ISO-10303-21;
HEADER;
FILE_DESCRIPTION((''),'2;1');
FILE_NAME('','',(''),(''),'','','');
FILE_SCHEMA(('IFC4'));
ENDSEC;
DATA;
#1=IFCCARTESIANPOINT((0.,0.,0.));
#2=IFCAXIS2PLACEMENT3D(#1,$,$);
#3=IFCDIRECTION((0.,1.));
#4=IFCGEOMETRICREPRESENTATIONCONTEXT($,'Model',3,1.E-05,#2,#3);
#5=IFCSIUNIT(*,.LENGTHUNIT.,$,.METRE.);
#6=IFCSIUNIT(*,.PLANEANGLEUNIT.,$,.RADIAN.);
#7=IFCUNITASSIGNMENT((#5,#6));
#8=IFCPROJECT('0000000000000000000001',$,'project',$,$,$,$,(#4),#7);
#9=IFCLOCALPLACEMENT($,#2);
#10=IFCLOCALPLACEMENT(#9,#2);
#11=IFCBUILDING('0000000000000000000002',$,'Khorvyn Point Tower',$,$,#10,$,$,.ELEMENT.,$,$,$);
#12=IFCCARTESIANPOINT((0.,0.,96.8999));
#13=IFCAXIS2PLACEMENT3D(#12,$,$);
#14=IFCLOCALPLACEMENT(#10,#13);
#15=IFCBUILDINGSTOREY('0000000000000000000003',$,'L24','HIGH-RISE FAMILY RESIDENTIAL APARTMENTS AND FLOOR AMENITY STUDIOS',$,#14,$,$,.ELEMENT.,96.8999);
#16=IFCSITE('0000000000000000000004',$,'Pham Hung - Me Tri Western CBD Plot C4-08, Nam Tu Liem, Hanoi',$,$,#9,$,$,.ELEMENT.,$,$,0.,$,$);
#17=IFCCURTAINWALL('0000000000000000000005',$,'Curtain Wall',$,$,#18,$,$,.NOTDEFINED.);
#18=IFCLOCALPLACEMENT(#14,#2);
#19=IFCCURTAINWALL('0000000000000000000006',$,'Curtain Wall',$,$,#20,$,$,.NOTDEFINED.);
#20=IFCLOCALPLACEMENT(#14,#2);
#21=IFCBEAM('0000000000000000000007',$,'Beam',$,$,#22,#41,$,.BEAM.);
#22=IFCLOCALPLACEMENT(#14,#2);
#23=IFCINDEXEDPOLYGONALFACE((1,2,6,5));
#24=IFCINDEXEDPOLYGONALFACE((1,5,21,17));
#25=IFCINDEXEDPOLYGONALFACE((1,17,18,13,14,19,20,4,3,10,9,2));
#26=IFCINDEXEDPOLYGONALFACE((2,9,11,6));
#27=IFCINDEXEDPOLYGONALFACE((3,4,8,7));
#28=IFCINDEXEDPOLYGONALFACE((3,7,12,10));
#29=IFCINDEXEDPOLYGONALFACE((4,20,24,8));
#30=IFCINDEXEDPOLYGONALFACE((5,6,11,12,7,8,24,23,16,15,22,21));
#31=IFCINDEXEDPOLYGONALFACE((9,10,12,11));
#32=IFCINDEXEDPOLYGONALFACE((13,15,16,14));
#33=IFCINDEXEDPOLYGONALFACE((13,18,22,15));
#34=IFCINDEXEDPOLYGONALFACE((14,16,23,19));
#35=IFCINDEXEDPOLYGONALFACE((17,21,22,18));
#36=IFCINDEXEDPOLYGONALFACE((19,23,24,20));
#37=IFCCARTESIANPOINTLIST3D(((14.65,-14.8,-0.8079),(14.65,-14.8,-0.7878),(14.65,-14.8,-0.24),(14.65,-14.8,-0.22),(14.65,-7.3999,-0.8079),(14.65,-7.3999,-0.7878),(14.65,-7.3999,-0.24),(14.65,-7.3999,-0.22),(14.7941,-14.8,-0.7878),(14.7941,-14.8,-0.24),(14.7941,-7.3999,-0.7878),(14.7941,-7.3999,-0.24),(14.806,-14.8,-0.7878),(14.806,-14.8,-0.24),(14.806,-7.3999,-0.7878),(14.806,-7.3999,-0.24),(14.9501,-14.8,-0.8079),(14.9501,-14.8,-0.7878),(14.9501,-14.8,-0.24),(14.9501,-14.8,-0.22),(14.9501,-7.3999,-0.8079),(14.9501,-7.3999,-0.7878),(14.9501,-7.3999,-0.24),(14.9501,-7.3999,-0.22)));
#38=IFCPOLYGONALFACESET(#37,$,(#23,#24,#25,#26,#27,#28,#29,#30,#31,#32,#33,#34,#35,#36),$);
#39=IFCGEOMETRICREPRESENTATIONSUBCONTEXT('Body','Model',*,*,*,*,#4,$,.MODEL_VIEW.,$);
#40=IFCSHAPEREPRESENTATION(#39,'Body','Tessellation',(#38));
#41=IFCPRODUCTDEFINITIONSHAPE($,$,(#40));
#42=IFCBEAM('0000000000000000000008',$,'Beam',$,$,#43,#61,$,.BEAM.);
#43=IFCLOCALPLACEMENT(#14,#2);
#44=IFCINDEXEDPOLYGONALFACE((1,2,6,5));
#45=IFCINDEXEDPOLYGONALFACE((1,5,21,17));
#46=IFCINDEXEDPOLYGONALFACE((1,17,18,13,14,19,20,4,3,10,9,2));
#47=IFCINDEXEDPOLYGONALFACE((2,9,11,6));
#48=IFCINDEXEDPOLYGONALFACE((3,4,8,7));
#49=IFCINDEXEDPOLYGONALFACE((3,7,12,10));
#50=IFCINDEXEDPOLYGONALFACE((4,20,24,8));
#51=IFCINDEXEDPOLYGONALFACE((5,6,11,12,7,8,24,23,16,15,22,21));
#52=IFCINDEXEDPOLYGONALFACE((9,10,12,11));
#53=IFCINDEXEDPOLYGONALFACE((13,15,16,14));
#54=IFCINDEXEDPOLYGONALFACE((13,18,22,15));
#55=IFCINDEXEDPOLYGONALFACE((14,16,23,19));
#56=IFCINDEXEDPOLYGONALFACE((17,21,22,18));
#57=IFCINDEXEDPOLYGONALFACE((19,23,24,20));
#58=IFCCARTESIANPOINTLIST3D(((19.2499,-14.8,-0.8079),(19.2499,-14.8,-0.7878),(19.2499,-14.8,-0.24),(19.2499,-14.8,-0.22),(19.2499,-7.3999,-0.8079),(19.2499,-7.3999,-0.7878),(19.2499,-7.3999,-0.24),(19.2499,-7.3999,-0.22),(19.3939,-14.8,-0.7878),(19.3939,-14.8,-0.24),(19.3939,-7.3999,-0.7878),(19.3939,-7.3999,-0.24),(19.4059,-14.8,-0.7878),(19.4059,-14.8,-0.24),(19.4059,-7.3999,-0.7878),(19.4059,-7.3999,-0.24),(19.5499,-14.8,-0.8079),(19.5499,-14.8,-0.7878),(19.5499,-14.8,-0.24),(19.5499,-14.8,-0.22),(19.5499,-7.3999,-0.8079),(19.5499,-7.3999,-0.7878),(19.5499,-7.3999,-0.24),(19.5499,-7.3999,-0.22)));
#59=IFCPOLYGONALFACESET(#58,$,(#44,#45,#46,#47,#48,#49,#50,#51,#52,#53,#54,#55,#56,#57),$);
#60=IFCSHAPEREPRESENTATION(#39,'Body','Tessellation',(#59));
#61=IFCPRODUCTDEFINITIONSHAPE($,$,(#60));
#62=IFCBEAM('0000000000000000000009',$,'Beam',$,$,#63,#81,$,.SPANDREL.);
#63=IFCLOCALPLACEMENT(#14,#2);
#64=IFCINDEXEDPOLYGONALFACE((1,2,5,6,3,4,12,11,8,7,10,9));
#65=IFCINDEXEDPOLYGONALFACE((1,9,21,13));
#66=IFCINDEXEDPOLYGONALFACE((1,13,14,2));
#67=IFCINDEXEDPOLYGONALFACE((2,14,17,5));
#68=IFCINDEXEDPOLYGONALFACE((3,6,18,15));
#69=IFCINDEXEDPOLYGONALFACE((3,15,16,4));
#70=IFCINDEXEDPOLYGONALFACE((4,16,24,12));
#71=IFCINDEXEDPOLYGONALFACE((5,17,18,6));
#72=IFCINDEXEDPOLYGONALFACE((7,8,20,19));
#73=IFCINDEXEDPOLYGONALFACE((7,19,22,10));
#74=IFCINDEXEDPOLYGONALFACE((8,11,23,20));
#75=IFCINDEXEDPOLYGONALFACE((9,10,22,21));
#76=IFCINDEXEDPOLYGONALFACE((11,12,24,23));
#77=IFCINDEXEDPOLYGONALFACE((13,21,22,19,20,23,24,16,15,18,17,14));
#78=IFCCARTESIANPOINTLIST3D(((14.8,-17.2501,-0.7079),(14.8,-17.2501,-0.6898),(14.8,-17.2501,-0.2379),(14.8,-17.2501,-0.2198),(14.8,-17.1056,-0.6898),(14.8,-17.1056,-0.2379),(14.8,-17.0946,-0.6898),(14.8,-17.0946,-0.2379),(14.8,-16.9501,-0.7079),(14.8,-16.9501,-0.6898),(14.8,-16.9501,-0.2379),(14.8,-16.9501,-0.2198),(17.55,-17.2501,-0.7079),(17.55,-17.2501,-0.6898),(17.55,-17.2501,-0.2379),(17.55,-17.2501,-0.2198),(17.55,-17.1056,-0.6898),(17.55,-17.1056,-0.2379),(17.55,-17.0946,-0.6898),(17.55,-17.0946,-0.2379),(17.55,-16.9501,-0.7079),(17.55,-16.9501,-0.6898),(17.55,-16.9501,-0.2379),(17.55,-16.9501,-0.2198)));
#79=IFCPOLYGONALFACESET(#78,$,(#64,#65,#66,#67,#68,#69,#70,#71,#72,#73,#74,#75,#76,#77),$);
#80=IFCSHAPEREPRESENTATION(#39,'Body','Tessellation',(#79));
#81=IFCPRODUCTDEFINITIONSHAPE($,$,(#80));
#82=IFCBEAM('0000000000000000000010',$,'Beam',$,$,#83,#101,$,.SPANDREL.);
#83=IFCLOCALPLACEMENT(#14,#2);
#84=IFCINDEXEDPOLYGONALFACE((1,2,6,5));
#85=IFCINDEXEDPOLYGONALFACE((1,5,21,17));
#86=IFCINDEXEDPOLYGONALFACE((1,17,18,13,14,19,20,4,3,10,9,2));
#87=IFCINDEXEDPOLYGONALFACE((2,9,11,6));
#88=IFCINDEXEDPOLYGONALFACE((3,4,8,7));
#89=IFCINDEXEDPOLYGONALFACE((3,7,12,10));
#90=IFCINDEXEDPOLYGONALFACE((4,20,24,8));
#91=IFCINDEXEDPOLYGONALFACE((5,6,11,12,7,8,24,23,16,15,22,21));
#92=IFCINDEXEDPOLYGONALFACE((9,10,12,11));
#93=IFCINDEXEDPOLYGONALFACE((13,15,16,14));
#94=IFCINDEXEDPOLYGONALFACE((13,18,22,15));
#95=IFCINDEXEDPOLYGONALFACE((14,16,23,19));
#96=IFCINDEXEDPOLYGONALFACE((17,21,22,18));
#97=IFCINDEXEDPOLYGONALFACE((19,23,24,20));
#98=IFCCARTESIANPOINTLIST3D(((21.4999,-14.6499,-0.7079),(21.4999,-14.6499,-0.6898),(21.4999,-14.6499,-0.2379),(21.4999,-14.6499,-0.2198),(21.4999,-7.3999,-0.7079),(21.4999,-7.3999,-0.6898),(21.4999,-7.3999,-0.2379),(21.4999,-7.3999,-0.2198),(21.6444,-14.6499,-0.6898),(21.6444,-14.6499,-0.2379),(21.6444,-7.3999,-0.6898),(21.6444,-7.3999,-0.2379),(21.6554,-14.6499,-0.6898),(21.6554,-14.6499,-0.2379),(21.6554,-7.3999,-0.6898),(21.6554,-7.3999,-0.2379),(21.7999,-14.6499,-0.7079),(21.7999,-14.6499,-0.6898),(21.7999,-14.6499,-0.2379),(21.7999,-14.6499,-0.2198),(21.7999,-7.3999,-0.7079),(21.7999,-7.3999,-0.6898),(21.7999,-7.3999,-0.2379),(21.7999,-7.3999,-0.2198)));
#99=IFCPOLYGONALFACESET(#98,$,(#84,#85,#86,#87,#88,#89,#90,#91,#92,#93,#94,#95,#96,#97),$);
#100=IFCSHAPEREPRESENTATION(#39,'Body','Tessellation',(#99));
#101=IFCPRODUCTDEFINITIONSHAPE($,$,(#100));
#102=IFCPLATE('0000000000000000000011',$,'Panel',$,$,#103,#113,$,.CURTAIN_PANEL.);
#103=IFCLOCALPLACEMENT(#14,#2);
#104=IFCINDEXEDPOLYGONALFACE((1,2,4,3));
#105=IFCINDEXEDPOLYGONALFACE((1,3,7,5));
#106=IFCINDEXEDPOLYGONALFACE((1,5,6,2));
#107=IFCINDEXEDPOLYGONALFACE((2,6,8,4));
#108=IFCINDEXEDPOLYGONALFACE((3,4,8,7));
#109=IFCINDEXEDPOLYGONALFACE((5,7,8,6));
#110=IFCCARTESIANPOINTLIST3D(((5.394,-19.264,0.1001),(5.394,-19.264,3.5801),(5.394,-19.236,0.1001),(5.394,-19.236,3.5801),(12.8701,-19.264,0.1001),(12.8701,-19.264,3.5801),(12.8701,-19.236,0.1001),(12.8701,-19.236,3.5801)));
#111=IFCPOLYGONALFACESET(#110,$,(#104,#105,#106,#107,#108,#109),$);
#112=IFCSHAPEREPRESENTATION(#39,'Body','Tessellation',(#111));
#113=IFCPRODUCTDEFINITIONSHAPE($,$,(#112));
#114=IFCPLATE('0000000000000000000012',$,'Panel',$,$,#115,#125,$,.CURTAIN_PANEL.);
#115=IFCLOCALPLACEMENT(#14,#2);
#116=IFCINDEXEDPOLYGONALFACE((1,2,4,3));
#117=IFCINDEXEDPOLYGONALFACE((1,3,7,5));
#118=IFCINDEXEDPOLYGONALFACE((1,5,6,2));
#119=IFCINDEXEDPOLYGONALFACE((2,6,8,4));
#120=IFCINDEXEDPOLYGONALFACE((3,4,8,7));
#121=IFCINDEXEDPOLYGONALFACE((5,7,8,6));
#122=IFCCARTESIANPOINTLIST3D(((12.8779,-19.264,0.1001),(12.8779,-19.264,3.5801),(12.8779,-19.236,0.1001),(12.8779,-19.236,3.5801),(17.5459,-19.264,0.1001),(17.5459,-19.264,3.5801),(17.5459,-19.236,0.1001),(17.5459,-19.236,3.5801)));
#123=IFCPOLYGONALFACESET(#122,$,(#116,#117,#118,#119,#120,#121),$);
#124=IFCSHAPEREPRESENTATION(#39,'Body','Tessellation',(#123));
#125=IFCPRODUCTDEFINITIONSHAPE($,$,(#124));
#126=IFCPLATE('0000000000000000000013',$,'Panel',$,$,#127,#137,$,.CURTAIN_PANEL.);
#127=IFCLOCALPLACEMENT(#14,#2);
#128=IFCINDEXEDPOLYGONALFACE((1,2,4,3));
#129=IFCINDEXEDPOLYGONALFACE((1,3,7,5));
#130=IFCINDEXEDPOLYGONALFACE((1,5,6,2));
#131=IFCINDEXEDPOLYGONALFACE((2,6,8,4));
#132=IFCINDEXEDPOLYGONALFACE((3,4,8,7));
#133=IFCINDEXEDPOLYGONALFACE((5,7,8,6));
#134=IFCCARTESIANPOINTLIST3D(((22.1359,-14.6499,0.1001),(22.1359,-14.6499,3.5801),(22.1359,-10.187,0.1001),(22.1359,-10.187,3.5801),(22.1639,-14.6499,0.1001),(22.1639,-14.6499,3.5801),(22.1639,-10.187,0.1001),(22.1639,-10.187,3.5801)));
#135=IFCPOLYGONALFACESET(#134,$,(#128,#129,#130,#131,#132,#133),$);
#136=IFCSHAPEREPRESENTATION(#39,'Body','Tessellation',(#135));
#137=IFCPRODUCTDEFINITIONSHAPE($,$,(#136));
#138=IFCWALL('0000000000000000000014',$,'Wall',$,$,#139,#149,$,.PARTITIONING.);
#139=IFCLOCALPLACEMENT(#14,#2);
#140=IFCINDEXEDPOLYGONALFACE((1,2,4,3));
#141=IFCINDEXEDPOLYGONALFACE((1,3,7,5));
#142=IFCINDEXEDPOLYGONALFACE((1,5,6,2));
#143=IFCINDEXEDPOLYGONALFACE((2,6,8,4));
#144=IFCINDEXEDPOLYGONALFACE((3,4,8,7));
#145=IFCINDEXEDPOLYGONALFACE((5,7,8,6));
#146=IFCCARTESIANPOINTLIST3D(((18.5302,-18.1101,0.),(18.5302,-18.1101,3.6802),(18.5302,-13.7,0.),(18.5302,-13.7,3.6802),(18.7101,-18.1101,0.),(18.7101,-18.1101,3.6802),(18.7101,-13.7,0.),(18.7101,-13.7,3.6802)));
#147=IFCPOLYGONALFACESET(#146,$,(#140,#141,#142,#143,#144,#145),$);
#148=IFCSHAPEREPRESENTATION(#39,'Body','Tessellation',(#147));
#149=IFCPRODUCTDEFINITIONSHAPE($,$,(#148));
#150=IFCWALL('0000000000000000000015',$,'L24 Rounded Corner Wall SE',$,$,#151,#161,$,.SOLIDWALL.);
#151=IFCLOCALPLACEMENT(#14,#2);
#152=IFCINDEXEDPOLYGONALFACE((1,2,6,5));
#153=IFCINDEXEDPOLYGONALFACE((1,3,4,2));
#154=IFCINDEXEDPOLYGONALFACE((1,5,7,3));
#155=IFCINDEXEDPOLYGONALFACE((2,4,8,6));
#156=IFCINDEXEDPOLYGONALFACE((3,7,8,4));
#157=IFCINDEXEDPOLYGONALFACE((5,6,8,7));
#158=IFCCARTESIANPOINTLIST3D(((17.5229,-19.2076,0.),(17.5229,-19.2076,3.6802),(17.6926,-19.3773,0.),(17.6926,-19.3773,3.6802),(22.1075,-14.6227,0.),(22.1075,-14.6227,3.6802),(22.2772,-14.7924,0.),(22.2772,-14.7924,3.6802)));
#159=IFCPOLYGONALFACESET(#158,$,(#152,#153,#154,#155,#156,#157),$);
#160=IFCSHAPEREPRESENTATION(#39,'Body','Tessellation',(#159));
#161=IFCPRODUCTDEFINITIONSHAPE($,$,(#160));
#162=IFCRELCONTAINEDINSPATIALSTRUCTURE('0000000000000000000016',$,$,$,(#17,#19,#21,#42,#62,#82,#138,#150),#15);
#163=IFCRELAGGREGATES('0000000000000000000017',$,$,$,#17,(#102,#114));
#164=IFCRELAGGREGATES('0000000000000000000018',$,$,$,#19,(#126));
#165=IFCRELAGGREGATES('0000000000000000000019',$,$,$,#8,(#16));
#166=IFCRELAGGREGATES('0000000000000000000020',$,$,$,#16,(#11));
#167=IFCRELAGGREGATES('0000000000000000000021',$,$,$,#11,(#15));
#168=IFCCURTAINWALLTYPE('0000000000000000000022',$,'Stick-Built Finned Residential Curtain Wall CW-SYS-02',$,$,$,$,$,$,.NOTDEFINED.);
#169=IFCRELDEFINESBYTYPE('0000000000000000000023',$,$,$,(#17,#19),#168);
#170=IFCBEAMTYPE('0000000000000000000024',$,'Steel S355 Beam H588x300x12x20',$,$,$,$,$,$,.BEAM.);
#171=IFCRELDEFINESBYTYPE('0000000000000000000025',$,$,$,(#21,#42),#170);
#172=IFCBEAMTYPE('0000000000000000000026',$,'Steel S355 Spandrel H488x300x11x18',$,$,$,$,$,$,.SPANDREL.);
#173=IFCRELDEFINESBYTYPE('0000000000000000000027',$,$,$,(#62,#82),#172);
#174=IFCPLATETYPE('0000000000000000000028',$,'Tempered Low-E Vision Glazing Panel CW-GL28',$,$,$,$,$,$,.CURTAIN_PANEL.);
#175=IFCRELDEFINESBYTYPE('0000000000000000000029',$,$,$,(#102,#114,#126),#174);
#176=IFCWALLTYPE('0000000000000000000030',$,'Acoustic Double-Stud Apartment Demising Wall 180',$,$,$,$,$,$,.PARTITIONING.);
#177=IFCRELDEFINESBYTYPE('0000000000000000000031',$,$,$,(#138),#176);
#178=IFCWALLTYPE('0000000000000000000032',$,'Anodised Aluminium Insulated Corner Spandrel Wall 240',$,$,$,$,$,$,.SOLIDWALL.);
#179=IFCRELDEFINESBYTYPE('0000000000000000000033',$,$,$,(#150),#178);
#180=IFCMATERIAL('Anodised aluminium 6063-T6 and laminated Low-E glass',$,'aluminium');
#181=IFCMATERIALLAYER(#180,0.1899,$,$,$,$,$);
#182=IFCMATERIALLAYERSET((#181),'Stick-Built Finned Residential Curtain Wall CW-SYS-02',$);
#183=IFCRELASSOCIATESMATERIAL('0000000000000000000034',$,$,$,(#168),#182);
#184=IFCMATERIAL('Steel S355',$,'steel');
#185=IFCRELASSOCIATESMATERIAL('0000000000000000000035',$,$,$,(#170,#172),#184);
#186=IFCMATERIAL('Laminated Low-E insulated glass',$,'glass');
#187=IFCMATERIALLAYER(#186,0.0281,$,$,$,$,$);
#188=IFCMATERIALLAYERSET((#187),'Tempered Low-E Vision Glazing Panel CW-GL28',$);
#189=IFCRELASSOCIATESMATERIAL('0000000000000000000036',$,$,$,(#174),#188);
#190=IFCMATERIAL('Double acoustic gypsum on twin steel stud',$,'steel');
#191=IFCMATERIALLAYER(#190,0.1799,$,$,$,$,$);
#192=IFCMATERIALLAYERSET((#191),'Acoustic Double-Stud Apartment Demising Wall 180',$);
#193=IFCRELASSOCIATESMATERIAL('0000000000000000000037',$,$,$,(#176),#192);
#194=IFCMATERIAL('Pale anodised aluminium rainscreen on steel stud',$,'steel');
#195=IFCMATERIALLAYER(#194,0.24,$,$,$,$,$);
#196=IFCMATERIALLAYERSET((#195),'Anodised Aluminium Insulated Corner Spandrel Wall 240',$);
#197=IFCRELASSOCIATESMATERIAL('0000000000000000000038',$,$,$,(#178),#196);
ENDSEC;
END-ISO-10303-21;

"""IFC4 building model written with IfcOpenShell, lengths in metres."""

from ifc_helpers import new_model, si_unit, direction, frame, frame_2d, origin, origin_2d, place, context, subcontext, project, spatial, rectangle, i_section, extrude, material, layer, layer_set, material_profile, profile_set, type_object, element, aggregate, save


model = new_model("IFC4")

# Units and contexts
model_context = context("Model", 3, precision=1e-05, world=origin(), true_north=direction((0.0, 1.0)))
body_context = subcontext(model_context, "Body", "Model", "MODEL_VIEW")
ifc_project = project(units=[si_unit("LENGTHUNIT", "METRE"), si_unit("PLANEANGLEUNIT", "RADIAN")], contexts=[model_context])

# Site, building, storey
site_placement = place(None, origin())
site = spatial("IfcSite", under=ifc_project, at=site_placement, Name="Pham Hung - Me Tri Western CBD Plot C4-08, Nam Tu Liem, Hanoi", CompositionType="ELEMENT", RefElevation=0.0)
building_placement = place(site_placement, origin())
building = spatial("IfcBuilding", under=site, at=building_placement, Name="Khorvyn Point Tower", CompositionType="ELEMENT")
storey_placement = place(building_placement, frame((0.0, 0.0, 96.8999)))
storey = spatial("IfcBuildingStorey", under=building, at=storey_placement, Name="L24", Description="HIGH-RISE FAMILY RESIDENTIAL APARTMENTS AND FLOOR AMENITY STUDIOS", CompositionType="ELEMENT", Elevation=96.8999)

# Curtain walls
ifc_material_1 = material(Name="Anodised aluminium 6063-T6 and laminated Low-E glass", Category="aluminium")
ifc_layer_1 = layer(ifc_material_1, 0.1899)
ifc_layer_set_1 = layer_set([ifc_layer_1], Name="Stick-Built Finned Residential Curtain Wall CW-SYS-02")
curtain_wall_type = type_object("IfcCurtainWallType", Name="Stick-Built Finned Residential Curtain Wall CW-SYS-02", PredefinedType="NOTDEFINED", material=ifc_layer_set_1)
curtain_wall_1_placement = place(storey_placement, origin())
curtain_wall_1 = element("IfcCurtainWall", 1, at=curtain_wall_1_placement, inside=storey, type_object=curtain_wall_type, Name="Curtain Wall", PredefinedType="NOTDEFINED")
curtain_wall_2_placement = place(storey_placement, origin())
curtain_wall_2 = element("IfcCurtainWall", 2, at=curtain_wall_2_placement, inside=storey, type_object=curtain_wall_type, Name="Curtain Wall", PredefinedType="NOTDEFINED")

# Beams
ifc_material_2 = material(Name="Steel S355", Category="steel")
ifc_material_profile_1 = material_profile(ifc_material_2, i_section(OverallWidth=0.3, OverallDepth=0.5879, WebThickness=0.012, FlangeThickness=0.02, at=origin_2d()))
ifc_profile_set_1 = profile_set([ifc_material_profile_1], Name="Steel S355 H588x300x12x20")
beam_type_1 = type_object("IfcBeamType", Name="Steel S355 Beam H588x300x12x20", PredefinedType="BEAM", material=ifc_profile_set_1)
for number, where, z_axis, x_axis, name in (
    (3, (14.8, -14.8, -0.5139), (0.0, 1.0, 0.0), (-1.0, 0.0, 0.0), "Beam"),
    (4, (19.3999, -14.8, -0.5139), (0.0, 1.0, 0.0), (-1.0, 0.0, 0.0), "Beam"),
):
    element("IfcBeam", number, at=place(storey_placement, frame(where, z_axis=z_axis, x_axis=x_axis)), inside=storey, type_object=beam_type_1, Name=name, PredefinedType="BEAM", context=body_context, shape_type="SweptSolid", body=[
        extrude(i_section(OverallWidth=0.3, OverallDepth=0.5879, WebThickness=0.012, FlangeThickness=0.02, at=origin_2d()), origin(), (0.0, 0.0, 1.0), 7.4001),
    ])
ifc_material_profile_2 = material_profile(ifc_material_2, i_section(OverallWidth=0.3, OverallDepth=0.488, WebThickness=0.011, FlangeThickness=0.0181, at=origin_2d()))
ifc_profile_set_2 = profile_set([ifc_material_profile_2], Name="Steel S355 H488x300x11x18")
beam_type_2 = type_object("IfcBeamType", Name="Steel S355 Spandrel H488x300x11x18", PredefinedType="SPANDREL", material=ifc_profile_set_2)
beam_1_placement = place(storey_placement, frame((14.8, -17.1001, -0.4639), z_axis=(1.0, 0.0, 0.0), x_axis=(0.0, 1.0, 0.0)))
element("IfcBeam", 5, at=beam_1_placement, inside=storey, type_object=beam_type_2, Name="Beam", PredefinedType="SPANDREL", context=body_context, shape_type="SweptSolid", body=[
    extrude(i_section(OverallWidth=0.3, OverallDepth=0.488, WebThickness=0.011, FlangeThickness=0.0181, at=origin_2d()), origin(), (0.0, 0.0, 1.0), 2.75),
])
beam_2_placement = place(storey_placement, frame((21.6499, -14.6499, -0.4639), z_axis=(0.0, 1.0, 0.0), x_axis=(-1.0, 0.0, 0.0)))
element("IfcBeam", 6, at=beam_2_placement, inside=storey, type_object=beam_type_2, Name="Beam", PredefinedType="SPANDREL", context=body_context, shape_type="SweptSolid", body=[
    extrude(i_section(OverallWidth=0.3, OverallDepth=0.488, WebThickness=0.011, FlangeThickness=0.0181, at=origin_2d()), origin(), (0.0, 0.0, 1.0), 7.25),
])

# Plates
ifc_material_3 = material(Name="Laminated Low-E insulated glass", Category="glass")
ifc_layer_2 = layer(ifc_material_3, 0.0281)
ifc_layer_set_2 = layer_set([ifc_layer_2], Name="Tempered Low-E Vision Glazing Panel CW-GL28")
plate_type = type_object("IfcPlateType", Name="Tempered Low-E Vision Glazing Panel CW-GL28", PredefinedType="CURTAIN_PANEL", material=ifc_layer_set_2)
plate_1_placement = place(storey_placement, frame((9.1321, -19.25, 0.1001), z_axis=(0.0, 0.0, 1.0), x_axis=(-1.0, 0.0, 0.0)))
plate_1 = element("IfcPlate", 7, at=plate_1_placement, type_object=plate_type, Name="Panel", PredefinedType="CURTAIN_PANEL", context=body_context, shape_type="SweptSolid", body=[
    extrude(rectangle(XDim=7.4761, YDim=0.0281, at=origin_2d()), origin(), (0.0, 0.0, 1.0), 3.48),
])
plate_2_placement = place(storey_placement, frame((15.2119, -19.25, 0.1001), z_axis=(0.0, 0.0, 1.0), x_axis=(-1.0, 0.0, 0.0)))
plate_2 = element("IfcPlate", 8, at=plate_2_placement, type_object=plate_type, Name="Panel", PredefinedType="CURTAIN_PANEL", context=body_context, shape_type="SweptSolid", body=[
    extrude(rectangle(XDim=4.668, YDim=0.0281, at=origin_2d()), origin(), (0.0, 0.0, 1.0), 3.48),
])
aggregate(curtain_wall_1, [plate_1, plate_2])
plate_3_placement = place(storey_placement, frame((22.1499, -12.4185, 0.1001), z_axis=(0.0, 0.0, 1.0), x_axis=(0.0, -1.0, 0.0)))
plate_3 = element("IfcPlate", 9, at=plate_3_placement, type_object=plate_type, Name="Panel", PredefinedType="CURTAIN_PANEL", context=body_context, shape_type="SweptSolid", body=[
    extrude(rectangle(XDim=4.4629, YDim=0.0281, at=origin_2d()), origin(), (0.0, 0.0, 1.0), 3.48),
])
aggregate(curtain_wall_2, [plate_3])

# Walls
ifc_material_4 = material(Name="Double acoustic gypsum on twin steel stud", Category="steel")
ifc_layer_3 = layer(ifc_material_4, 0.1799)
ifc_layer_set_3 = layer_set([ifc_layer_3], Name="Acoustic Double-Stud Apartment Demising Wall 180")
wall_type_1 = type_object("IfcWallType", Name="Acoustic Double-Stud Apartment Demising Wall 180", PredefinedType="PARTITIONING", material=ifc_layer_set_3)
wall_1_placement = place(storey_placement, frame((18.6201, -18.1101, 0.0), z_axis=(0.0, 0.0, 1.0), x_axis=(0.0, 1.0, 0.0)))
element("IfcWall", 10, at=wall_1_placement, inside=storey, type_object=wall_type_1, Name="Wall", PredefinedType="PARTITIONING", context=body_context, shape_type="SweptSolid", body=[
    extrude(rectangle(XDim=4.4102, YDim=0.1799, at=frame_2d((2.2051, 0.0))), origin(), (0.0, 0.0, 1.0), 3.6802),
])
ifc_material_5 = material(Name="Pale anodised aluminium rainscreen on steel stud", Category="steel")
ifc_layer_4 = layer(ifc_material_5, 0.24)
ifc_layer_set_4 = layer_set([ifc_layer_4], Name="Anodised Aluminium Insulated Corner Spandrel Wall 240")
wall_type_2 = type_object("IfcWallType", Name="Anodised Aluminium Insulated Corner Spandrel Wall 240", PredefinedType="SOLIDWALL", material=ifc_layer_set_4)
wall_2_placement = place(storey_placement, frame((22.1924, -14.7075, 0.0), z_axis=(0.0, 0.0, 1.0), x_axis=(-0.707088, -0.707126, 0.0)))
element("IfcWall", 11, at=wall_2_placement, inside=storey, type_object=wall_type_2, Name="L24 Rounded Corner Wall SE", PredefinedType="SOLIDWALL", context=body_context, shape_type="SweptSolid", body=[
    extrude(rectangle(XDim=6.4839, YDim=0.24, at=frame_2d((3.2419, 0.0))), origin(), (0.0, 0.0, 1.0), 3.6802),
])

save(model, "model.ifc")
